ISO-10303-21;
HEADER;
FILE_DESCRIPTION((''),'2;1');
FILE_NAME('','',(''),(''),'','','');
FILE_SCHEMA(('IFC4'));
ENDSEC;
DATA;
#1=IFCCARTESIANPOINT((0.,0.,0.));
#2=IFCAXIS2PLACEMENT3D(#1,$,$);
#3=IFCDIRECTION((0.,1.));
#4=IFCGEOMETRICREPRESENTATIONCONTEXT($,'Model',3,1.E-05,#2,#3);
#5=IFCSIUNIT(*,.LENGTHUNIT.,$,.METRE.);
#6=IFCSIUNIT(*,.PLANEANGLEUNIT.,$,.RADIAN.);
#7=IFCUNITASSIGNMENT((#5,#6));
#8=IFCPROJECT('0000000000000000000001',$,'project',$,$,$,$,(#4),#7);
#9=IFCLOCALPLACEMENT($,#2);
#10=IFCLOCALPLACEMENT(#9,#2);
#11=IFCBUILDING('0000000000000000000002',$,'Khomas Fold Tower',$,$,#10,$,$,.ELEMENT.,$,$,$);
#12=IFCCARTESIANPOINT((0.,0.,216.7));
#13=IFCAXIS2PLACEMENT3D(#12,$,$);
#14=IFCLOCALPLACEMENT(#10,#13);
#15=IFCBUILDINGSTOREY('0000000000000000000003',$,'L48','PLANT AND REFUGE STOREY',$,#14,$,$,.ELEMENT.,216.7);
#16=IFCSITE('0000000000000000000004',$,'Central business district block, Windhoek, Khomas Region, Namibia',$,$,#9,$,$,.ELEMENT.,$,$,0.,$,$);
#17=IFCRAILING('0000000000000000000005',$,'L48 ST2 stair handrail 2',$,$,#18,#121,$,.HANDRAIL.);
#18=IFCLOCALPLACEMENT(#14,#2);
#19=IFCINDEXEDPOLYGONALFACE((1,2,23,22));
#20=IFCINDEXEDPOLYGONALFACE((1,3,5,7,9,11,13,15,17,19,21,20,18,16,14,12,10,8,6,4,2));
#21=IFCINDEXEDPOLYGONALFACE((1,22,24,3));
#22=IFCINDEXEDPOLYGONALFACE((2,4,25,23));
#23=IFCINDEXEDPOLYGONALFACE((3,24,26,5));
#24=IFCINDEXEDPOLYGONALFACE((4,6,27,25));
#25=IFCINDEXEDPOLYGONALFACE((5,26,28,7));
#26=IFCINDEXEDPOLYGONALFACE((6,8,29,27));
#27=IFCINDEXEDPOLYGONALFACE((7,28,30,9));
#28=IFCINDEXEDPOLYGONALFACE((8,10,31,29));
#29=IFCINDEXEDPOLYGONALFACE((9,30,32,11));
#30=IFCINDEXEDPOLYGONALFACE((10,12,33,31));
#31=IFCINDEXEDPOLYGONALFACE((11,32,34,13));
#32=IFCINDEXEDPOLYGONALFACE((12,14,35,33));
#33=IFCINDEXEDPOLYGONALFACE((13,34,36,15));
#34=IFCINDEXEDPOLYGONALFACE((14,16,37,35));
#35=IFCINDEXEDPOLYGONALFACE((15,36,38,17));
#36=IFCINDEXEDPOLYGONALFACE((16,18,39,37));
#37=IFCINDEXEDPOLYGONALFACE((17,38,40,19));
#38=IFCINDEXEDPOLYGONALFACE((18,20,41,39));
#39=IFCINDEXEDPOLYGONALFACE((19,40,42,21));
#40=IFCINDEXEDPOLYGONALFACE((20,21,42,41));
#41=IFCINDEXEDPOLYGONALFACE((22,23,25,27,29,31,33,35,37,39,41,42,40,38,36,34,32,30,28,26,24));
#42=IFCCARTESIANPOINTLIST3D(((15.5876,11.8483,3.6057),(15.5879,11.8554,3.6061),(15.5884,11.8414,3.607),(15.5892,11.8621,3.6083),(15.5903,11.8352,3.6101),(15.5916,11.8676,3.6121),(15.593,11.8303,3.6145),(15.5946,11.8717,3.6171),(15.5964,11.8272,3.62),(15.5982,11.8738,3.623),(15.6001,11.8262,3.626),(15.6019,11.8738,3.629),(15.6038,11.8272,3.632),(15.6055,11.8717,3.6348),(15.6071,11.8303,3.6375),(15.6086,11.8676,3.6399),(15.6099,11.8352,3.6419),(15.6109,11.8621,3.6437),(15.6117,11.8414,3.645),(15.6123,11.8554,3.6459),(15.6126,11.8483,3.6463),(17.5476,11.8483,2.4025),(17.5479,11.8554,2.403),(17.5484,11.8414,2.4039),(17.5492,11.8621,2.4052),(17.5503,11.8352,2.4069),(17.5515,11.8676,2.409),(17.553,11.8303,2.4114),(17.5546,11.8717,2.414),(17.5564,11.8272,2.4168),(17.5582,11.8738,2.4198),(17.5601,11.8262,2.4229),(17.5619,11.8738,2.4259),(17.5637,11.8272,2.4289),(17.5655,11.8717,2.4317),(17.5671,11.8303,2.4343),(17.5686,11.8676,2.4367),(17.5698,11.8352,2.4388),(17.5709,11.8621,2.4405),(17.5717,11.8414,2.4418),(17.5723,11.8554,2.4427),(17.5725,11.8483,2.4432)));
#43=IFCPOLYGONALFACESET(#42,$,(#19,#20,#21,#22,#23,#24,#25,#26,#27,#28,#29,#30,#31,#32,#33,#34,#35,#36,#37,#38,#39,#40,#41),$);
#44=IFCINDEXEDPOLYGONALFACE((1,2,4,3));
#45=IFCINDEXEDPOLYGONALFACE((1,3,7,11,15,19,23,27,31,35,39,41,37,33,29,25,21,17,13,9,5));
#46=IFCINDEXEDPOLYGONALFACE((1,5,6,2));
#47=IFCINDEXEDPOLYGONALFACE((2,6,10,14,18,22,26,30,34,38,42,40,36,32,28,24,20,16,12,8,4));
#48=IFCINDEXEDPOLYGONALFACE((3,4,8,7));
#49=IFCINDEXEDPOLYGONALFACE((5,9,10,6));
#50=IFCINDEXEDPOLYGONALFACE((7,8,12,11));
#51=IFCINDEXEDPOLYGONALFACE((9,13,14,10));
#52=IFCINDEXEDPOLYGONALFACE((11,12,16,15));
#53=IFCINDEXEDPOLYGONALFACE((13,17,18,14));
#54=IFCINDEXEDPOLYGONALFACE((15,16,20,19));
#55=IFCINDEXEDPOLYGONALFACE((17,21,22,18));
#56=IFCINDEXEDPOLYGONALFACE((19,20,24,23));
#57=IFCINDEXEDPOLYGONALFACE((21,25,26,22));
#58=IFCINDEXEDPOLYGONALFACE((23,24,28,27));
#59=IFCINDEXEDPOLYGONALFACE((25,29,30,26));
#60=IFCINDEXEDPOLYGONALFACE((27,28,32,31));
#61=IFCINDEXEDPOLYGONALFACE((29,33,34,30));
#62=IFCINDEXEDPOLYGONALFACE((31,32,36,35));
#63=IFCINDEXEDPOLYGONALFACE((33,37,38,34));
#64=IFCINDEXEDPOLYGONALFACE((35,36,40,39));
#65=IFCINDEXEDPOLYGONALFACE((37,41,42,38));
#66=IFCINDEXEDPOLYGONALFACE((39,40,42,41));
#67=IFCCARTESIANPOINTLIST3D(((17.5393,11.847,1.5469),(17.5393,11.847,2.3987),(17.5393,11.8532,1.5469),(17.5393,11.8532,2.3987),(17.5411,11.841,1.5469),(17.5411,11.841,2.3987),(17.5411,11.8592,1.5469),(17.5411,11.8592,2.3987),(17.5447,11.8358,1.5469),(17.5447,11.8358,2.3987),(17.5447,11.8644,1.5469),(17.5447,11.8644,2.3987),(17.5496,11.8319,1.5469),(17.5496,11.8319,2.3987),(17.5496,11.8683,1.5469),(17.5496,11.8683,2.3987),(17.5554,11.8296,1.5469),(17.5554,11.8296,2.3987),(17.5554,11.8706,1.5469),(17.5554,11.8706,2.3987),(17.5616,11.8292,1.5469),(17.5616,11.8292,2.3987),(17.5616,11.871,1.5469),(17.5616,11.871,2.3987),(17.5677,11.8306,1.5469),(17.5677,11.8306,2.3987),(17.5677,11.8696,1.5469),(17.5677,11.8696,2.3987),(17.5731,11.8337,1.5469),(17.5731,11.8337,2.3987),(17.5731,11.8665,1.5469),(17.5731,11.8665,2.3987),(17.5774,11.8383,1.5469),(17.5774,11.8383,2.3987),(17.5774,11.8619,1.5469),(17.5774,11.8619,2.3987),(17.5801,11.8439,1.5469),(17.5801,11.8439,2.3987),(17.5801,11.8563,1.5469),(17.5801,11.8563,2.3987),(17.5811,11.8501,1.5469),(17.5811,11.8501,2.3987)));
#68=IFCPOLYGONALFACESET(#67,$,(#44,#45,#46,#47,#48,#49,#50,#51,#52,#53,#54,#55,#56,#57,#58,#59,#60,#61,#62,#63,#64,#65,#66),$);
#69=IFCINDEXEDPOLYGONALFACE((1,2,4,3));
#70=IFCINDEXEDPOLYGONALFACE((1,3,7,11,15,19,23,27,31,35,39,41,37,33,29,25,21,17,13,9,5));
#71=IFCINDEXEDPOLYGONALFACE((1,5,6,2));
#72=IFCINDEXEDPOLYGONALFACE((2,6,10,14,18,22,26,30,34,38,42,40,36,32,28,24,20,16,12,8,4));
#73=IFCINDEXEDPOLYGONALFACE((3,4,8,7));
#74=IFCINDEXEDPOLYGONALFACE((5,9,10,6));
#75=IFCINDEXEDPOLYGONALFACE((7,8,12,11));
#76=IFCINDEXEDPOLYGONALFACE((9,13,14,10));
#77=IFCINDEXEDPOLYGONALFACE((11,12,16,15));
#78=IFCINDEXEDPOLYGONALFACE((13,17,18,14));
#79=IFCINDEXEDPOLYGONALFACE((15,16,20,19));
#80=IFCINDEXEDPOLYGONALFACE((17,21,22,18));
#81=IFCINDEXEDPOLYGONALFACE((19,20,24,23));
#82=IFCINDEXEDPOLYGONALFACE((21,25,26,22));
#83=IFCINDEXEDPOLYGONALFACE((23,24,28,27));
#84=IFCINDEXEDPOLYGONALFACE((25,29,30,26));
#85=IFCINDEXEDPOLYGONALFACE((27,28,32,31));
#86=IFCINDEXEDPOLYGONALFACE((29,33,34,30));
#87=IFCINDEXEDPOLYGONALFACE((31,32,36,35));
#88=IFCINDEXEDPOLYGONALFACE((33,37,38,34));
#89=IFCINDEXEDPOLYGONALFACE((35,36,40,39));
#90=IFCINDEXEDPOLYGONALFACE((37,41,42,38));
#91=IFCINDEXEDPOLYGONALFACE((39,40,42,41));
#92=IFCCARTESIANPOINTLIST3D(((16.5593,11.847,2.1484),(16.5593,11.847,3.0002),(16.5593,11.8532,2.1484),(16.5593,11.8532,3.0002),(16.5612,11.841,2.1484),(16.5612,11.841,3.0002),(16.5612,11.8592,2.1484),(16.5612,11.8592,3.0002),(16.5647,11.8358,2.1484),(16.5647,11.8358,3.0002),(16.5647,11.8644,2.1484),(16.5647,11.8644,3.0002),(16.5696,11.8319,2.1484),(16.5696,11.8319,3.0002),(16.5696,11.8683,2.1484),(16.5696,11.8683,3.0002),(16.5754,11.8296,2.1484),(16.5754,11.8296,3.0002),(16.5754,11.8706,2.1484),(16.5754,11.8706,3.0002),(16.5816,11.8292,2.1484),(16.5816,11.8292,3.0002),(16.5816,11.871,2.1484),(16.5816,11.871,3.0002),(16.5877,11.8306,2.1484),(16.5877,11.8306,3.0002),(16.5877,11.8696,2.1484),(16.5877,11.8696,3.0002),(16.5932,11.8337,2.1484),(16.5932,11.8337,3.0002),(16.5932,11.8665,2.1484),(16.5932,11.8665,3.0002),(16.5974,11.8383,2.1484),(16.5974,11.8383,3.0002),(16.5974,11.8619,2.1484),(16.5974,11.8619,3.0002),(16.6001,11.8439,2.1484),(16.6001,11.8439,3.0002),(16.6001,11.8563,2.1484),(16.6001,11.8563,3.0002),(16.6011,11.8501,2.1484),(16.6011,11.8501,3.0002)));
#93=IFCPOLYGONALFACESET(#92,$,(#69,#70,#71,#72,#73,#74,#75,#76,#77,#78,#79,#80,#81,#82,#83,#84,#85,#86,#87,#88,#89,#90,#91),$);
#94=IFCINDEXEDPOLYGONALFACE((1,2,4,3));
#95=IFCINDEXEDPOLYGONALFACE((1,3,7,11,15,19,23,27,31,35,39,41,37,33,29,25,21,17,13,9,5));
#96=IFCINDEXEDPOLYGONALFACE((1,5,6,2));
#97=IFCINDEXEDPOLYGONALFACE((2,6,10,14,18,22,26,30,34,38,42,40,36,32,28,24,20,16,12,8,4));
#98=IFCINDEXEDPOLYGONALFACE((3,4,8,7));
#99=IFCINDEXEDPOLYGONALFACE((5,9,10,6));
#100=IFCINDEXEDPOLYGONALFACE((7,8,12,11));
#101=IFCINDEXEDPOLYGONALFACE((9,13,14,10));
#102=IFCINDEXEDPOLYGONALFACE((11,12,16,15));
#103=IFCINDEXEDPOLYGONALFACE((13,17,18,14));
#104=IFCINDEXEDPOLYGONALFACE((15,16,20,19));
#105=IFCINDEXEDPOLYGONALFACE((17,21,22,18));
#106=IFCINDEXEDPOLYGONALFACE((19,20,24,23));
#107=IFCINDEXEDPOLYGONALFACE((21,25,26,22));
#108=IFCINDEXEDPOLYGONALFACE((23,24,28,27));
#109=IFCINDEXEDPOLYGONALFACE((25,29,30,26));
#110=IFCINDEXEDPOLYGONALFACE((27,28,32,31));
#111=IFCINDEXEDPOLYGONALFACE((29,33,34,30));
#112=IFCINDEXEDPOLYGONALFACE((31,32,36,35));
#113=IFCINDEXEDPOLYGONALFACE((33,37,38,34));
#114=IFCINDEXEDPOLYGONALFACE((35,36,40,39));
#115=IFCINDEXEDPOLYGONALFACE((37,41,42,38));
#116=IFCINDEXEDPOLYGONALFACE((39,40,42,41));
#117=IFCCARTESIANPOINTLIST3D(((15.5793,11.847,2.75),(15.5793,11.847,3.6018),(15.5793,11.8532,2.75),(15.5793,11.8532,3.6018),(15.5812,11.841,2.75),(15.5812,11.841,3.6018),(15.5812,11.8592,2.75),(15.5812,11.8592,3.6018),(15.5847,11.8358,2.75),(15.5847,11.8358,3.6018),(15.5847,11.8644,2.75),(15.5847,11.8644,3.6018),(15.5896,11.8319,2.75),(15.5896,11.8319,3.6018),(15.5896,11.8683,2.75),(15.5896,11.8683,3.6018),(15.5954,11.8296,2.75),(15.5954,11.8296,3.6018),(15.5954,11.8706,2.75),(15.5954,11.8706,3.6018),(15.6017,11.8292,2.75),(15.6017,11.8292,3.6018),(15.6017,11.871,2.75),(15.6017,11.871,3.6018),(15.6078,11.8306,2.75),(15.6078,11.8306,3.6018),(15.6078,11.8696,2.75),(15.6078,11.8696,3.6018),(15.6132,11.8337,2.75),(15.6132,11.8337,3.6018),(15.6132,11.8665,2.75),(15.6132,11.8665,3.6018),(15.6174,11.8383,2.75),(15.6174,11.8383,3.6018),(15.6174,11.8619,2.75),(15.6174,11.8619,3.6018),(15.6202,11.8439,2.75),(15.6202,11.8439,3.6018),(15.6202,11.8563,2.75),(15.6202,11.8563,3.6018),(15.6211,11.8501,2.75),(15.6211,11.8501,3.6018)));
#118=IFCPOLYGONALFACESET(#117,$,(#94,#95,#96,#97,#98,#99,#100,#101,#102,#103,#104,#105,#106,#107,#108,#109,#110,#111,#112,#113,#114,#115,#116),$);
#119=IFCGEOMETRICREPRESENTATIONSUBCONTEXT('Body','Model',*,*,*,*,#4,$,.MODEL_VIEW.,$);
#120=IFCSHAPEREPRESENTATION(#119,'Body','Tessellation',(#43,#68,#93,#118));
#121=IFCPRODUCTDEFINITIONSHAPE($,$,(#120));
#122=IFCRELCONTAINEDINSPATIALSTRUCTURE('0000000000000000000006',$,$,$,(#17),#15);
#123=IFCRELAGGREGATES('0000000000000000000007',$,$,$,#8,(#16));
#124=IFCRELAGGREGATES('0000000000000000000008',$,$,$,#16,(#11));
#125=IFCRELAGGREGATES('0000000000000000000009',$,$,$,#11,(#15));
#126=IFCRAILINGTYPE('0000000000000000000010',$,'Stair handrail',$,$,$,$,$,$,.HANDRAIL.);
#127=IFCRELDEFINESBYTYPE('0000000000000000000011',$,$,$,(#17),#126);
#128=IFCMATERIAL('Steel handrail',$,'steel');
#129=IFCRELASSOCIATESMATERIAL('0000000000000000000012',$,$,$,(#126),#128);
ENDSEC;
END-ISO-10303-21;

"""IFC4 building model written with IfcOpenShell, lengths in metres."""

from ifc_helpers import new_model, si_unit, direction, frame, origin, origin_2d, place, context, subcontext, project, spatial, circle, extrude, source, transform, mapped, material, type_object, element, save


model = new_model("IFC4")

# Units and contexts
model_context = context("Model", 3, precision=1e-05, world=origin(), true_north=direction((0.0, 1.0)))
body_context = subcontext(model_context, "Body", "Model", "MODEL_VIEW")
ifc_project = project(units=[si_unit("LENGTHUNIT", "METRE"), si_unit("PLANEANGLEUNIT", "RADIAN")], contexts=[model_context])

# Site, building, storey
site_placement = place(None, origin())
site = spatial("IfcSite", under=ifc_project, at=site_placement, Name="Central business district block, Windhoek, Khomas Region, Namibia", CompositionType="ELEMENT", RefElevation=0.0)
building_placement = place(site_placement, origin())
building = spatial("IfcBuilding", under=site, at=building_placement, Name="Khomas Fold Tower", CompositionType="ELEMENT")
storey_placement = place(building_placement, frame((0.0, 0.0, 216.7)))
storey = spatial("IfcBuildingStorey", under=building, at=storey_placement, Name="L48", Description="PLANT AND REFUGE STOREY", CompositionType="ELEMENT", Elevation=216.7)

# Railing
ifc_material_1 = material(Name="Steel handrail", Category="steel")
railing_type_1 = type_object("IfcRailingType", Name="Stair handrail", PredefinedType="HANDRAIL", material=ifc_material_1)
shared_shape_1 = source(origin(), body_context, "Body", "SweptSolid", [
    extrude(circle(Radius=0.0239, at=origin_2d()), frame((0.0, 0.0, 0.876), z_axis=(-0.852241, 0.0, 0.523149), x_axis=(0.0, -1.0, 0.0)), (0.0, 0.0, 1.0), 2.2998),
    extrude(circle(Radius=0.021, at=origin_2d()), origin(), (0.0, 0.0, 1.0), 0.8518),
    extrude(circle(Radius=0.021, at=origin_2d()), frame((-0.98, 0.0, 0.6016)), (0.0, 0.0, 1.0), 0.8518),
    extrude(circle(Radius=0.021, at=origin_2d()), frame((-1.96, 0.0, 1.2031)), (0.0, 0.0, 1.0), 0.8518),
])
for number, where, name in (
    (1, (17.5601, 11.8501, 1.5469), "L48 ST2 stair handrail 2"),
):
    element("IfcRailing", number, at=place(storey_placement, frame(where)), inside=storey, type_object=railing_type_1, Name=name, PredefinedType="HANDRAIL", context=body_context, shape_type="MappedRepresentation", body=[
        mapped(shared_shape_1, transform((0.0, 0.0, 0.0))),
    ])

save(model, "model.ifc")
